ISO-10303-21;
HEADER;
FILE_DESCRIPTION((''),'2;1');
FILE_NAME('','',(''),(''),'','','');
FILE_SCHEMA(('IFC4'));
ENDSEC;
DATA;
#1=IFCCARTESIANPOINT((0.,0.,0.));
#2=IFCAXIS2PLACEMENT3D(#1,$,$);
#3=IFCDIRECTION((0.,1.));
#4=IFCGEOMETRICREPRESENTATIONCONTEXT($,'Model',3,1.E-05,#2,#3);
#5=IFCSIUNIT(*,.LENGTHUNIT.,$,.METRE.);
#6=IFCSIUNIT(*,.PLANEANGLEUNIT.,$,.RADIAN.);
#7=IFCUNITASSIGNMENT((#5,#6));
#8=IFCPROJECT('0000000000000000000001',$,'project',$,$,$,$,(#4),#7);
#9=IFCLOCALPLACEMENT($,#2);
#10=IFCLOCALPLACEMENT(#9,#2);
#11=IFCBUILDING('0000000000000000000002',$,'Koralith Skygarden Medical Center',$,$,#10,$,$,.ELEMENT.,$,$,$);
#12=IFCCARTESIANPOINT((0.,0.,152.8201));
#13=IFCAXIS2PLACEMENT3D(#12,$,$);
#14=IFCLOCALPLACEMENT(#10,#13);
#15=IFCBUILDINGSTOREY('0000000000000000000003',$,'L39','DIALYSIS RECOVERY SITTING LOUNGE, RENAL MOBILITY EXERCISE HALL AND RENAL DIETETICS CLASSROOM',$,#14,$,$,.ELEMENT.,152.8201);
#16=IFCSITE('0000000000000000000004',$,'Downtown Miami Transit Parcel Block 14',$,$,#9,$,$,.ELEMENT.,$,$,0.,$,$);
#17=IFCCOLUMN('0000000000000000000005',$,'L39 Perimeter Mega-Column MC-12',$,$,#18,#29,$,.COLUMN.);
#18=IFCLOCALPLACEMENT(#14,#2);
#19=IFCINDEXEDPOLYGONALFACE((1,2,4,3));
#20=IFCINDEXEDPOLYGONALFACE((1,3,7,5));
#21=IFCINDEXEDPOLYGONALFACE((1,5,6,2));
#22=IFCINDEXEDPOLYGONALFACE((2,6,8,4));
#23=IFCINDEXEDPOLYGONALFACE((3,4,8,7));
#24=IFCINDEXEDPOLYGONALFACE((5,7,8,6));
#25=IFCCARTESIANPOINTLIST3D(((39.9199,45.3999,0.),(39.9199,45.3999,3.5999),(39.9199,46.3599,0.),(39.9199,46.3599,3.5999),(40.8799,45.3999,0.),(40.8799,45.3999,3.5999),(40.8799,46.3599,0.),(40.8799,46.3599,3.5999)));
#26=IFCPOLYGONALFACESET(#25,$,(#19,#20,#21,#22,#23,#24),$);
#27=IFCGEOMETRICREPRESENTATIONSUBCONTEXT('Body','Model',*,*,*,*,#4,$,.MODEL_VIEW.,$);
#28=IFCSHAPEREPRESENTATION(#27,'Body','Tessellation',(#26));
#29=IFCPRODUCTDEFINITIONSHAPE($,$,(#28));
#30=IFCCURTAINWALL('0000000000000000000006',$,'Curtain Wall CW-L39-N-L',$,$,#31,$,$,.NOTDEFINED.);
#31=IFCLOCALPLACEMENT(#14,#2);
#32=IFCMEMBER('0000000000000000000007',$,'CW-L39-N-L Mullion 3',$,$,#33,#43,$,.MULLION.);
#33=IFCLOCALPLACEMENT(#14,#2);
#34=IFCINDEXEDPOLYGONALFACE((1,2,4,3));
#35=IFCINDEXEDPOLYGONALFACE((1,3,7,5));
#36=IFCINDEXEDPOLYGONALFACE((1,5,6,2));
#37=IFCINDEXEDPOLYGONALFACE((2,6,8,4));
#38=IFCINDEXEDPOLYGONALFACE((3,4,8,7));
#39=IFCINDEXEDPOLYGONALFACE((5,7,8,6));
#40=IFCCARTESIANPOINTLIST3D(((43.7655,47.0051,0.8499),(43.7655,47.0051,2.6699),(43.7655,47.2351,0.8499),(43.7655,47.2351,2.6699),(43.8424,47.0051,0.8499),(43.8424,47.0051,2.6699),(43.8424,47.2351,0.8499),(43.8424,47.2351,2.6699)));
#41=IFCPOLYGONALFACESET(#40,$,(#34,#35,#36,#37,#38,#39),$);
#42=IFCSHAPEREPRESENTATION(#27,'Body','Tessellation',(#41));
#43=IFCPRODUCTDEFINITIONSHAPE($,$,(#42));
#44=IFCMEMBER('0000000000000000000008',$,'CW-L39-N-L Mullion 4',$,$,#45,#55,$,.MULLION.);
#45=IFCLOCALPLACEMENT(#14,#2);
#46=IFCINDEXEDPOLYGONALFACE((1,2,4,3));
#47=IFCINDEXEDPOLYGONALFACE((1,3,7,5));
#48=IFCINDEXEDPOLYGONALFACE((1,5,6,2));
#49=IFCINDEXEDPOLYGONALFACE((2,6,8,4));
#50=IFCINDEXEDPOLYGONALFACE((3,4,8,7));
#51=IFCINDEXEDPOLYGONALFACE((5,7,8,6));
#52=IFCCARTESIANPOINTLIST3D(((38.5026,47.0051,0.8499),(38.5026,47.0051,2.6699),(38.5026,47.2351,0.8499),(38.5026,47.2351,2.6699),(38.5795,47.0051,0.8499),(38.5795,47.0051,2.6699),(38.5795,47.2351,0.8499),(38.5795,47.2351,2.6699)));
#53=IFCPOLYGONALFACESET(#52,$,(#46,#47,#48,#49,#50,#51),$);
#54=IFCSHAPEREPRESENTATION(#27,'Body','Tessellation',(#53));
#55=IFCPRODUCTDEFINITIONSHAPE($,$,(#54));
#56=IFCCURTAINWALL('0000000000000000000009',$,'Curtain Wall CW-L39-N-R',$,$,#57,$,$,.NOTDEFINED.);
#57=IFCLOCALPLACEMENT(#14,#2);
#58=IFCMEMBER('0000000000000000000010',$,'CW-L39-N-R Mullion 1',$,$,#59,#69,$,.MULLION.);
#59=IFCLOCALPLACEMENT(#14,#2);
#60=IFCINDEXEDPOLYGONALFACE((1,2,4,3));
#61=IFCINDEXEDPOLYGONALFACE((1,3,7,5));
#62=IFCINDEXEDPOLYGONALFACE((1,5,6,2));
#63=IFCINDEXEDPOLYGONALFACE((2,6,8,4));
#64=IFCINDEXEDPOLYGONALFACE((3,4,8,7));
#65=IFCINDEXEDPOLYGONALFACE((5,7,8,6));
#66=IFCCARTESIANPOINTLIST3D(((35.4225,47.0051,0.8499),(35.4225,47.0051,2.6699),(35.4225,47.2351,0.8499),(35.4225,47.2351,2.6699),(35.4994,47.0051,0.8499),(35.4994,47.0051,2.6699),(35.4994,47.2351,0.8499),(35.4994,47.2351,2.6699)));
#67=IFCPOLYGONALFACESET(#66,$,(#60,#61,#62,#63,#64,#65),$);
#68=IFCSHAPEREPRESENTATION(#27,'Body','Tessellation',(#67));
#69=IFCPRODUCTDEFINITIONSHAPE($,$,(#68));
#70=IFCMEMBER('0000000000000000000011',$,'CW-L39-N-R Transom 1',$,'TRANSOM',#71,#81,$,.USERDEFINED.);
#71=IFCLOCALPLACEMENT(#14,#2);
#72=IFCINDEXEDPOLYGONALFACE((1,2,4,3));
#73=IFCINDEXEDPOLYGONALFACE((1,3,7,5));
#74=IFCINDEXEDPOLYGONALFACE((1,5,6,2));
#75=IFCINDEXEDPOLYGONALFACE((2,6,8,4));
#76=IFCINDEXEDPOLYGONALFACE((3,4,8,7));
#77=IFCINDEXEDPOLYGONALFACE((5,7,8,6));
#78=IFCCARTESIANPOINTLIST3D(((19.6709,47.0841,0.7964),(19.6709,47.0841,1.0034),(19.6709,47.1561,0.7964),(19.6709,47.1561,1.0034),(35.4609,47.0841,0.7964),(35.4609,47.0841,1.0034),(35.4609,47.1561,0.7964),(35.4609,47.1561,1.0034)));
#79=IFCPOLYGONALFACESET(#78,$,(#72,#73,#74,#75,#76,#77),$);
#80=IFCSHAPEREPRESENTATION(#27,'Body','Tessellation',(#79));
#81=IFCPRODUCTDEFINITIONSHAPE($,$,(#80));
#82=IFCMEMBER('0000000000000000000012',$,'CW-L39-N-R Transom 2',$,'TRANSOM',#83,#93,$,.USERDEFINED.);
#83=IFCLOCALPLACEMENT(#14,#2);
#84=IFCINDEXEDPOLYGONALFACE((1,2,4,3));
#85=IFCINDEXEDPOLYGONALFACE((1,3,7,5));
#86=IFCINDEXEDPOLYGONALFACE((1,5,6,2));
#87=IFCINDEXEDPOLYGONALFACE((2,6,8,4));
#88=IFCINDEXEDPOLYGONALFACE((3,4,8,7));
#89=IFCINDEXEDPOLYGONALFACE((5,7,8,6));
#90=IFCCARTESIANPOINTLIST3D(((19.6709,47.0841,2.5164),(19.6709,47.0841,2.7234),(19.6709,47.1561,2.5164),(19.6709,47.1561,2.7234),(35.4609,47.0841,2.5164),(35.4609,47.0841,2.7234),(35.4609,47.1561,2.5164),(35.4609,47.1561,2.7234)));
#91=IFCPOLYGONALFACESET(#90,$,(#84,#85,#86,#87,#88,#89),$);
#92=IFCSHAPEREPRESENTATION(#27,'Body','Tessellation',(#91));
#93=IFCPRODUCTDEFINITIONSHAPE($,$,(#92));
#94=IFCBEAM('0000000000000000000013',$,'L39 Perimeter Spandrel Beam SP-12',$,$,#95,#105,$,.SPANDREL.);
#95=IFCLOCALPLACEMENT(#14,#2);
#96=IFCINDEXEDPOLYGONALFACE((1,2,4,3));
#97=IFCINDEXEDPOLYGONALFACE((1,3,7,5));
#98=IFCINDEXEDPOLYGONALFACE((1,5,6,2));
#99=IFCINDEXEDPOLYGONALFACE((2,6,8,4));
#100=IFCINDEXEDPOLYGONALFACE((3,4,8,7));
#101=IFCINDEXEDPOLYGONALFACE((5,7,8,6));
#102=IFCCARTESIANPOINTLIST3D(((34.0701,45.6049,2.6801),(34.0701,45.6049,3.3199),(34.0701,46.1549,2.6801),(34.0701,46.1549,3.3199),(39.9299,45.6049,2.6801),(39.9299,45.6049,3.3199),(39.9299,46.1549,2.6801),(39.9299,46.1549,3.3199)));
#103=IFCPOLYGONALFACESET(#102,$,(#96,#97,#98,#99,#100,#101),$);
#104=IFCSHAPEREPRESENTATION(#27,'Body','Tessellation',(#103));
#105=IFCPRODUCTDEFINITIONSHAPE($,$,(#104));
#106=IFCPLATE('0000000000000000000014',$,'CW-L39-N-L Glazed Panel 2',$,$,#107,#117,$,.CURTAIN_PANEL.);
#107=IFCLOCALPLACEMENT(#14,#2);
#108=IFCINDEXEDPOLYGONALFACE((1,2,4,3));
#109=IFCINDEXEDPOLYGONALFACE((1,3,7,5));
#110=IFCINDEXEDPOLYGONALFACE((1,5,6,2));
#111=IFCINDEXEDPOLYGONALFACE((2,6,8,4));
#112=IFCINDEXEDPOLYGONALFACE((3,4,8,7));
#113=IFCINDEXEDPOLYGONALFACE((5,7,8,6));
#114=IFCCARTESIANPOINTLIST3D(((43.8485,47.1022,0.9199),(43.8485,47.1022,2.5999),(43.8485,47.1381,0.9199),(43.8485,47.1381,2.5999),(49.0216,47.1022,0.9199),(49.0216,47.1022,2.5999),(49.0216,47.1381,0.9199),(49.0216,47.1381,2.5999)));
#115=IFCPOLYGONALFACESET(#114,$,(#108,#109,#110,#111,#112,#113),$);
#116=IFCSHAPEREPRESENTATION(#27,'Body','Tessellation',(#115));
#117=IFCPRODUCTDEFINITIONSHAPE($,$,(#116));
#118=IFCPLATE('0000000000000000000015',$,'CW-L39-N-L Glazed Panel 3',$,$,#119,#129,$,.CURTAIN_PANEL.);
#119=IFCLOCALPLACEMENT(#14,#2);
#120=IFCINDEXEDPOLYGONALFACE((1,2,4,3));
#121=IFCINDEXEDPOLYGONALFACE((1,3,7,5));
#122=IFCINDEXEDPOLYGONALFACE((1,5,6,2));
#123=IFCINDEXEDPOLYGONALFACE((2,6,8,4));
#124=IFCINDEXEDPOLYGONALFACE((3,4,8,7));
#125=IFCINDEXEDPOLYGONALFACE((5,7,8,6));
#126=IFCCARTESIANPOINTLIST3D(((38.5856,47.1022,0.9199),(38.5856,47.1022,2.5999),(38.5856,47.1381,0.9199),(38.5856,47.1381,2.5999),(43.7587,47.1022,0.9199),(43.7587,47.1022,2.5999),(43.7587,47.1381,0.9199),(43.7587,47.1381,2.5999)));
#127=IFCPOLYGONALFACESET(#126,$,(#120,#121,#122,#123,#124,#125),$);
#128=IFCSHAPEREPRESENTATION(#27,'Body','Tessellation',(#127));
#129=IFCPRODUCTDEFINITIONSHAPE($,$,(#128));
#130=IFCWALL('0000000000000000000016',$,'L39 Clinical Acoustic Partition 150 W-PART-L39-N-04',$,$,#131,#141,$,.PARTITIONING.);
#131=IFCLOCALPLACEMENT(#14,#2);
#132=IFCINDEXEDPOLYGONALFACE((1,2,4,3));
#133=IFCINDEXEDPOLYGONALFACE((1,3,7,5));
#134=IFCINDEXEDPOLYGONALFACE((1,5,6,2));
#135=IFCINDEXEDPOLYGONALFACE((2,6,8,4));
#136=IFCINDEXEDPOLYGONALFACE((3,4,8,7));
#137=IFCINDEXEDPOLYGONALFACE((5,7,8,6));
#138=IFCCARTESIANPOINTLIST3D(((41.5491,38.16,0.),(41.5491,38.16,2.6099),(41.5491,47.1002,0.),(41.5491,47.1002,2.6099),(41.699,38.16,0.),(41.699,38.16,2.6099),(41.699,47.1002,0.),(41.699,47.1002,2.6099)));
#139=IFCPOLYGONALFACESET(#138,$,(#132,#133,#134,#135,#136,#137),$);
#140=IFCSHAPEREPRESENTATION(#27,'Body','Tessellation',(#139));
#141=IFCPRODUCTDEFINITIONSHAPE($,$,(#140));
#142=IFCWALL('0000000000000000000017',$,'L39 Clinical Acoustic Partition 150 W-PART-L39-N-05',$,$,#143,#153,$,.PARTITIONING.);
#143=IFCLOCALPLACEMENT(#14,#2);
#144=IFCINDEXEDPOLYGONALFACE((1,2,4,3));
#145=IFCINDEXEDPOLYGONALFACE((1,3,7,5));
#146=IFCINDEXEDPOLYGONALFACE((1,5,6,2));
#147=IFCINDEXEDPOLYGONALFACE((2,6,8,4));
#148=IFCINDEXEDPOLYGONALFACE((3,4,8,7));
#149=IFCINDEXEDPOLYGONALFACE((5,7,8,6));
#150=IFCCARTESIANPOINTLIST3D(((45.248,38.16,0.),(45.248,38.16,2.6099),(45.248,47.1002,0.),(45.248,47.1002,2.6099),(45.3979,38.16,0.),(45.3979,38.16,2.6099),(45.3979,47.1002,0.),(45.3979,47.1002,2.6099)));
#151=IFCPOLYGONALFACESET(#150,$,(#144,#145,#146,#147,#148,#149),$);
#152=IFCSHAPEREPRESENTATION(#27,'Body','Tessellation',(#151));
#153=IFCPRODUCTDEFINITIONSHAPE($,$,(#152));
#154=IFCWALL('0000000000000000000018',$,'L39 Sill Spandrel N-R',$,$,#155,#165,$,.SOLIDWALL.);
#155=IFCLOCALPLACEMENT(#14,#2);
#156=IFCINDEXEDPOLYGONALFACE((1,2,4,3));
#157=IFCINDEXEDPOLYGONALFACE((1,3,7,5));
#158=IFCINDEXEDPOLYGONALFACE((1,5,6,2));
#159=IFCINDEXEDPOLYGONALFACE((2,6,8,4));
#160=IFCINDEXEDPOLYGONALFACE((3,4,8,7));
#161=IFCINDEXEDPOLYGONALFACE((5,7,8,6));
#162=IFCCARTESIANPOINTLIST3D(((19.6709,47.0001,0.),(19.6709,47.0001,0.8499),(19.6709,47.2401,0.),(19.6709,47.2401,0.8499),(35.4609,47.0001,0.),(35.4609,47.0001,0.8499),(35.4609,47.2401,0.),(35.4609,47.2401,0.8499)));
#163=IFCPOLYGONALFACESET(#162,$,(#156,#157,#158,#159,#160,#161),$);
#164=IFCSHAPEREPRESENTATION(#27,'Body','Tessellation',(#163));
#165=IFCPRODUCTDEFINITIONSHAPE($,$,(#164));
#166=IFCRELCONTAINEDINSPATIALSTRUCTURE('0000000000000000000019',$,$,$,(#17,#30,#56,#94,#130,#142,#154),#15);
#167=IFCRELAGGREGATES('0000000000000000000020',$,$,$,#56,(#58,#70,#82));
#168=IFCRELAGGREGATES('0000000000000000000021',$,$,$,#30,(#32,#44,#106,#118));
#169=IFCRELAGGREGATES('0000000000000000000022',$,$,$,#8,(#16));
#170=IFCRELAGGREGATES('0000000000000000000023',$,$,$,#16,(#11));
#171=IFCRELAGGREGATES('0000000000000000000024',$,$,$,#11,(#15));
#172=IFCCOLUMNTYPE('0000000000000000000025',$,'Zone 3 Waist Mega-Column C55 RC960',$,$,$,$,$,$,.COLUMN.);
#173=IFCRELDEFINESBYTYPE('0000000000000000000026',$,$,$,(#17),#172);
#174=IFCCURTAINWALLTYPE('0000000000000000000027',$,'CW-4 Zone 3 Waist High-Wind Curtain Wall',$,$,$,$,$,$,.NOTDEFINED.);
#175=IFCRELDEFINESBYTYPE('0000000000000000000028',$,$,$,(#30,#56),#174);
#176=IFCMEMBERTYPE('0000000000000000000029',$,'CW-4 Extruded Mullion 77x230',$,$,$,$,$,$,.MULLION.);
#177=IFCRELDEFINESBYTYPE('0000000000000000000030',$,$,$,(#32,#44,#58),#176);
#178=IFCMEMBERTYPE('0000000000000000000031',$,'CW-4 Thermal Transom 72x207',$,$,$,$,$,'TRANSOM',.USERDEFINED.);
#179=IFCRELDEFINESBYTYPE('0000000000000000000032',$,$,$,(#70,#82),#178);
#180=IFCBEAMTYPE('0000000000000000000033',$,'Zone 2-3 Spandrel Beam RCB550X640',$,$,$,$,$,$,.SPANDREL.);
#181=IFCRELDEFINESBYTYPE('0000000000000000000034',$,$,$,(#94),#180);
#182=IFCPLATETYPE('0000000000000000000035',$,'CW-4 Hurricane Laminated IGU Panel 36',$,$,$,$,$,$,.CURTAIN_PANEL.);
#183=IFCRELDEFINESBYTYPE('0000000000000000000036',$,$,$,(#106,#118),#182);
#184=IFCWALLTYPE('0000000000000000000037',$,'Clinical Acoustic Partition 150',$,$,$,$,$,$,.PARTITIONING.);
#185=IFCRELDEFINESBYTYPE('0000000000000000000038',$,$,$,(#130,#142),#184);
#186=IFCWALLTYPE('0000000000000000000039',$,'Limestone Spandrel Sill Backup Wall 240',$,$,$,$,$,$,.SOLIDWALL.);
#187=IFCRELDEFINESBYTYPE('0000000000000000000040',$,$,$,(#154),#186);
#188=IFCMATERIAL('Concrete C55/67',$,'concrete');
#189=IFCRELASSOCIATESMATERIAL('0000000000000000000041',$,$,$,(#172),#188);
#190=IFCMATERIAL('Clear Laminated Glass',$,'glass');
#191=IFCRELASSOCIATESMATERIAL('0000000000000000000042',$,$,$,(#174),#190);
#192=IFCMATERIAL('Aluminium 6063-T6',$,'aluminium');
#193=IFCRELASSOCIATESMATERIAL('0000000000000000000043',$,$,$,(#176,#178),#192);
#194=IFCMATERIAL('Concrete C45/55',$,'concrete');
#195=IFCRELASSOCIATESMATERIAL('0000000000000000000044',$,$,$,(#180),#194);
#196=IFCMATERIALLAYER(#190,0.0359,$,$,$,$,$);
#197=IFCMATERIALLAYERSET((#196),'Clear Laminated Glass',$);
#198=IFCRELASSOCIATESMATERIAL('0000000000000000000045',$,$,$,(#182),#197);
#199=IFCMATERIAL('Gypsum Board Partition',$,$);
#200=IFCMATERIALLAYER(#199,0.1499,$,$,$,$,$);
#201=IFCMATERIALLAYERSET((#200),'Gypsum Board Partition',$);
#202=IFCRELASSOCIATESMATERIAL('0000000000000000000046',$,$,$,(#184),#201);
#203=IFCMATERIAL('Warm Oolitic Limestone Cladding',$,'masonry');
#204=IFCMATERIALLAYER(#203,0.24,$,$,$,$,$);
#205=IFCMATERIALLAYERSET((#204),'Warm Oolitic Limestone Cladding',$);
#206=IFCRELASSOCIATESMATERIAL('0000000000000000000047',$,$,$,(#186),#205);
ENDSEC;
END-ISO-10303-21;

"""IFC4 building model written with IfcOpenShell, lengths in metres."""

from ifc_helpers import new_model, si_unit, direction, frame, frame_2d, origin, origin_2d, place, context, subcontext, project, spatial, rectangle, extrude, material, layer, layer_set, material_profile, profile_set, type_object, element, aggregate, save


model = new_model("IFC4")

# Units and contexts
model_context = context("Model", 3, precision=1e-05, world=origin(), true_north=direction((0.0, 1.0)))
body_context = subcontext(model_context, "Body", "Model", "MODEL_VIEW")
ifc_project = project(units=[si_unit("LENGTHUNIT", "METRE"), si_unit("PLANEANGLEUNIT", "RADIAN")], contexts=[model_context])

# Site, building, storey
site_placement = place(None, origin())
site = spatial("IfcSite", under=ifc_project, at=site_placement, Name="Downtown Miami Transit Parcel Block 14", CompositionType="ELEMENT", RefElevation=0.0)
building_placement = place(site_placement, origin())
building = spatial("IfcBuilding", under=site, at=building_placement, Name="Koralith Skygarden Medical Center", CompositionType="ELEMENT")
storey_placement = place(building_placement, frame((0.0, 0.0, 152.8201)))
storey = spatial("IfcBuildingStorey", under=building, at=storey_placement, Name="L39", Description="DIALYSIS RECOVERY SITTING LOUNGE, RENAL MOBILITY EXERCISE HALL AND RENAL DIETETICS CLASSROOM", CompositionType="ELEMENT", Elevation=152.8201)

# Column
ifc_material_1 = material(Name="Concrete C55/67", Category="concrete")
ifc_material_profile_1 = material_profile(ifc_material_1, rectangle(XDim=0.96, YDim=0.96, at=origin_2d()), Name="RC960X960")
ifc_profile_set_1 = profile_set([ifc_material_profile_1], Name="Concrete C55/67")
column_type = type_object("IfcColumnType", Name="Zone 3 Waist Mega-Column C55 RC960", PredefinedType="COLUMN", material=ifc_profile_set_1)
column_placement = place(storey_placement, frame((40.3999, 45.8799, 0.0), z_axis=(0.0, 0.0, 1.0), x_axis=(1.0, 0.0, 0.0)))
element("IfcColumn", 1, at=column_placement, inside=storey, type_object=column_type, Name="L39 Perimeter Mega-Column MC-12", PredefinedType="COLUMN", context=body_context, shape_type="SweptSolid", body=[
    extrude(rectangle(XDim=0.96, YDim=0.96, at=origin_2d()), origin(), (0.0, 0.0, 1.0), 3.5999),
])

# Curtain walls, members
ifc_material_2 = material(Name="Clear Laminated Glass", Category="glass")
curtain_wall_type = type_object("IfcCurtainWallType", Name="CW-4 Zone 3 Waist High-Wind Curtain Wall", PredefinedType="NOTDEFINED", material=ifc_material_2)
curtain_wall_1_placement = place(storey_placement, origin())
curtain_wall_1 = element("IfcCurtainWall", 2, at=curtain_wall_1_placement, inside=storey, type_object=curtain_wall_type, Name="Curtain Wall CW-L39-N-L", PredefinedType="NOTDEFINED")
ifc_material_3 = material(Name="Aluminium 6063-T6", Category="aluminium")
ifc_material_profile_2 = material_profile(ifc_material_3, rectangle(XDim=0.0769, YDim=0.23, at=origin_2d()), Name="MUL77X230")
ifc_profile_set_2 = profile_set([ifc_material_profile_2], Name="Aluminium 6063-T6")
member_type_1 = type_object("IfcMemberType", Name="CW-4 Extruded Mullion 77x230", PredefinedType="MULLION", material=ifc_profile_set_2)
member_1_placement = place(storey_placement, frame((43.804, 47.1201, 0.8499), z_axis=(0.0, 0.0, 1.0), x_axis=(1.0, 0.0, 0.0)))
member_1 = element("IfcMember", 3, at=member_1_placement, type_object=member_type_1, Name="CW-L39-N-L Mullion 3", PredefinedType="MULLION", context=body_context, shape_type="SweptSolid", body=[
    extrude(rectangle(XDim=0.0769, YDim=0.23, at=origin_2d()), origin(), (0.0, 0.0, 1.0), 1.8201),
])
member_2_placement = place(storey_placement, frame((38.541, 47.1201, 0.8499), z_axis=(0.0, 0.0, 1.0), x_axis=(1.0, 0.0, 0.0)))
member_2 = element("IfcMember", 4, at=member_2_placement, type_object=member_type_1, Name="CW-L39-N-L Mullion 4", PredefinedType="MULLION", context=body_context, shape_type="SweptSolid", body=[
    extrude(rectangle(XDim=0.0769, YDim=0.23, at=origin_2d()), origin(), (0.0, 0.0, 1.0), 1.8201),
])
curtain_wall_2_placement = place(storey_placement, origin())
curtain_wall_2 = element("IfcCurtainWall", 5, at=curtain_wall_2_placement, inside=storey, type_object=curtain_wall_type, Name="Curtain Wall CW-L39-N-R", PredefinedType="NOTDEFINED")
member_3_placement = place(storey_placement, frame((35.4609, 47.1201, 0.8499), z_axis=(0.0, 0.0, 1.0), x_axis=(1.0, 0.0, 0.0)))
member_3 = element("IfcMember", 6, at=member_3_placement, type_object=member_type_1, Name="CW-L39-N-R Mullion 1", PredefinedType="MULLION", context=body_context, shape_type="SweptSolid", body=[
    extrude(rectangle(XDim=0.0769, YDim=0.23, at=origin_2d()), origin(), (0.0, 0.0, 1.0), 1.8201),
])
ifc_material_profile_3 = material_profile(ifc_material_3, rectangle(XDim=0.072, YDim=0.207, at=origin_2d()), Name="TRN72X207")
ifc_profile_set_3 = profile_set([ifc_material_profile_3], Name="Aluminium 6063-T6")
member_type_2 = type_object("IfcMemberType", Name="CW-4 Thermal Transom 72x207", ElementType="TRANSOM", PredefinedType="USERDEFINED", material=ifc_profile_set_3)
member_4_placement = place(storey_placement, frame((35.4609, 47.1201, 0.8999), z_axis=(-1.0, 0.0, 0.0), x_axis=(0.0, -1.0, 0.0)))
member_4 = element("IfcMember", 7, at=member_4_placement, type_object=member_type_2, Name="CW-L39-N-R Transom 1", ObjectType="TRANSOM", PredefinedType="USERDEFINED", context=body_context, shape_type="SweptSolid", body=[
    extrude(rectangle(XDim=0.072, YDim=0.207, at=origin_2d()), origin(), (0.0, 0.0, 1.0), 15.79),
])
member_5_placement = place(storey_placement, frame((35.4609, 47.1201, 2.6199), z_axis=(-1.0, 0.0, 0.0), x_axis=(0.0, -1.0, 0.0)))
member_5 = element("IfcMember", 8, at=member_5_placement, type_object=member_type_2, Name="CW-L39-N-R Transom 2", ObjectType="TRANSOM", PredefinedType="USERDEFINED", context=body_context, shape_type="SweptSolid", body=[
    extrude(rectangle(XDim=0.072, YDim=0.207, at=origin_2d()), origin(), (0.0, 0.0, 1.0), 15.79),
])
aggregate(curtain_wall_2, [member_3, member_4, member_5])

# Beam
ifc_material_4 = material(Name="Concrete C45/55", Category="concrete")
ifc_material_profile_4 = material_profile(ifc_material_4, rectangle(XDim=0.55, YDim=0.6399, at=origin_2d()), Name="RCB550X640")
ifc_profile_set_4 = profile_set([ifc_material_profile_4], Name="Concrete C45/55")
beam_type = type_object("IfcBeamType", Name="Zone 2-3 Spandrel Beam RCB550X640", PredefinedType="SPANDREL", material=ifc_profile_set_4)
beam_placement = place(storey_placement, frame((39.9299, 45.8799, 3.0), z_axis=(-1.0, 0.0, 0.0), x_axis=(0.0, -1.0, 0.0)))
element("IfcBeam", 9, at=beam_placement, inside=storey, type_object=beam_type, Name="L39 Perimeter Spandrel Beam SP-12", PredefinedType="SPANDREL", context=body_context, shape_type="SweptSolid", body=[
    extrude(rectangle(XDim=0.55, YDim=0.6399, at=origin_2d()), origin(), (0.0, 0.0, 1.0), 5.8599),
])

# Plates
ifc_layer_1 = layer(ifc_material_2, 0.0359)
ifc_layer_set_1 = layer_set([ifc_layer_1], Name="Clear Laminated Glass")
plate_type = type_object("IfcPlateType", Name="CW-4 Hurricane Laminated IGU Panel 36", PredefinedType="CURTAIN_PANEL", material=ifc_layer_set_1)
plate_1_placement = place(storey_placement, frame((46.4351, 47.1201, 0.9199), z_axis=(0.0, 0.0, 1.0), x_axis=(-1.0, 0.0, 0.0)))
plate_1 = element("IfcPlate", 10, at=plate_1_placement, type_object=plate_type, Name="CW-L39-N-L Glazed Panel 2", PredefinedType="CURTAIN_PANEL", context=body_context, shape_type="SweptSolid", body=[
    extrude(rectangle(XDim=5.1731, YDim=0.0359, at=origin_2d()), origin(), (0.0, 0.0, 1.0), 1.6799),
])
plate_2_placement = place(storey_placement, frame((41.1721, 47.1201, 0.9199), z_axis=(0.0, 0.0, 1.0), x_axis=(-1.0, 0.0, 0.0)))
plate_2 = element("IfcPlate", 11, at=plate_2_placement, type_object=plate_type, Name="CW-L39-N-L Glazed Panel 3", PredefinedType="CURTAIN_PANEL", context=body_context, shape_type="SweptSolid", body=[
    extrude(rectangle(XDim=5.1731, YDim=0.0359, at=origin_2d()), origin(), (0.0, 0.0, 1.0), 1.6799),
])
aggregate(curtain_wall_1, [member_1, member_2, plate_1, plate_2])

# Walls
ifc_material_5 = material(Name="Gypsum Board Partition")
ifc_layer_2 = layer(ifc_material_5, 0.1499)
ifc_layer_set_2 = layer_set([ifc_layer_2], Name="Gypsum Board Partition")
wall_type_1 = type_object("IfcWallType", Name="Clinical Acoustic Partition 150", PredefinedType="PARTITIONING", material=ifc_layer_set_2)
for number, where, z_axis, x_axis, name in (
    (12, (41.624, 38.1599, 0.0), (0.0, 0.0, 1.0), (0.0, 1.0, 0.0), "L39 Clinical Acoustic Partition 150 W-PART-L39-N-04"),
    (13, (45.323, 38.1599, 0.0), (0.0, 0.0, 1.0), (0.0, 1.0, 0.0), "L39 Clinical Acoustic Partition 150 W-PART-L39-N-05"),
):
    element("IfcWall", number, at=place(storey_placement, frame(where, z_axis=z_axis, x_axis=x_axis)), inside=storey, type_object=wall_type_1, Name=name, PredefinedType="PARTITIONING", context=body_context, shape_type="SweptSolid", body=[
        extrude(rectangle(XDim=8.9402, YDim=0.1499, at=frame_2d((4.4702, 0.0))), origin(), (0.0, 0.0, 1.0), 2.6099),
    ])

# Wall
ifc_material_6 = material(Name="Warm Oolitic Limestone Cladding", Category="masonry")
ifc_layer_3 = layer(ifc_material_6, 0.24)
ifc_layer_set_3 = layer_set([ifc_layer_3], Name="Warm Oolitic Limestone Cladding")
wall_type_2 = type_object("IfcWallType", Name="Limestone Spandrel Sill Backup Wall 240", PredefinedType="SOLIDWALL", material=ifc_layer_set_3)
wall_1_placement = place(storey_placement, frame((35.4609, 47.1201, 0.0), z_axis=(0.0, 0.0, 1.0), x_axis=(-1.0, 0.0, 0.0)))
element("IfcWall", 14, at=wall_1_placement, inside=storey, type_object=wall_type_2, Name="L39 Sill Spandrel N-R", PredefinedType="SOLIDWALL", context=body_context, shape_type="SweptSolid", body=[
    extrude(rectangle(XDim=15.79, YDim=0.24, at=frame_2d((7.895, 0.0))), origin(), (0.0, 0.0, 1.0), 0.8499),
])

save(model, "model.ifc")
